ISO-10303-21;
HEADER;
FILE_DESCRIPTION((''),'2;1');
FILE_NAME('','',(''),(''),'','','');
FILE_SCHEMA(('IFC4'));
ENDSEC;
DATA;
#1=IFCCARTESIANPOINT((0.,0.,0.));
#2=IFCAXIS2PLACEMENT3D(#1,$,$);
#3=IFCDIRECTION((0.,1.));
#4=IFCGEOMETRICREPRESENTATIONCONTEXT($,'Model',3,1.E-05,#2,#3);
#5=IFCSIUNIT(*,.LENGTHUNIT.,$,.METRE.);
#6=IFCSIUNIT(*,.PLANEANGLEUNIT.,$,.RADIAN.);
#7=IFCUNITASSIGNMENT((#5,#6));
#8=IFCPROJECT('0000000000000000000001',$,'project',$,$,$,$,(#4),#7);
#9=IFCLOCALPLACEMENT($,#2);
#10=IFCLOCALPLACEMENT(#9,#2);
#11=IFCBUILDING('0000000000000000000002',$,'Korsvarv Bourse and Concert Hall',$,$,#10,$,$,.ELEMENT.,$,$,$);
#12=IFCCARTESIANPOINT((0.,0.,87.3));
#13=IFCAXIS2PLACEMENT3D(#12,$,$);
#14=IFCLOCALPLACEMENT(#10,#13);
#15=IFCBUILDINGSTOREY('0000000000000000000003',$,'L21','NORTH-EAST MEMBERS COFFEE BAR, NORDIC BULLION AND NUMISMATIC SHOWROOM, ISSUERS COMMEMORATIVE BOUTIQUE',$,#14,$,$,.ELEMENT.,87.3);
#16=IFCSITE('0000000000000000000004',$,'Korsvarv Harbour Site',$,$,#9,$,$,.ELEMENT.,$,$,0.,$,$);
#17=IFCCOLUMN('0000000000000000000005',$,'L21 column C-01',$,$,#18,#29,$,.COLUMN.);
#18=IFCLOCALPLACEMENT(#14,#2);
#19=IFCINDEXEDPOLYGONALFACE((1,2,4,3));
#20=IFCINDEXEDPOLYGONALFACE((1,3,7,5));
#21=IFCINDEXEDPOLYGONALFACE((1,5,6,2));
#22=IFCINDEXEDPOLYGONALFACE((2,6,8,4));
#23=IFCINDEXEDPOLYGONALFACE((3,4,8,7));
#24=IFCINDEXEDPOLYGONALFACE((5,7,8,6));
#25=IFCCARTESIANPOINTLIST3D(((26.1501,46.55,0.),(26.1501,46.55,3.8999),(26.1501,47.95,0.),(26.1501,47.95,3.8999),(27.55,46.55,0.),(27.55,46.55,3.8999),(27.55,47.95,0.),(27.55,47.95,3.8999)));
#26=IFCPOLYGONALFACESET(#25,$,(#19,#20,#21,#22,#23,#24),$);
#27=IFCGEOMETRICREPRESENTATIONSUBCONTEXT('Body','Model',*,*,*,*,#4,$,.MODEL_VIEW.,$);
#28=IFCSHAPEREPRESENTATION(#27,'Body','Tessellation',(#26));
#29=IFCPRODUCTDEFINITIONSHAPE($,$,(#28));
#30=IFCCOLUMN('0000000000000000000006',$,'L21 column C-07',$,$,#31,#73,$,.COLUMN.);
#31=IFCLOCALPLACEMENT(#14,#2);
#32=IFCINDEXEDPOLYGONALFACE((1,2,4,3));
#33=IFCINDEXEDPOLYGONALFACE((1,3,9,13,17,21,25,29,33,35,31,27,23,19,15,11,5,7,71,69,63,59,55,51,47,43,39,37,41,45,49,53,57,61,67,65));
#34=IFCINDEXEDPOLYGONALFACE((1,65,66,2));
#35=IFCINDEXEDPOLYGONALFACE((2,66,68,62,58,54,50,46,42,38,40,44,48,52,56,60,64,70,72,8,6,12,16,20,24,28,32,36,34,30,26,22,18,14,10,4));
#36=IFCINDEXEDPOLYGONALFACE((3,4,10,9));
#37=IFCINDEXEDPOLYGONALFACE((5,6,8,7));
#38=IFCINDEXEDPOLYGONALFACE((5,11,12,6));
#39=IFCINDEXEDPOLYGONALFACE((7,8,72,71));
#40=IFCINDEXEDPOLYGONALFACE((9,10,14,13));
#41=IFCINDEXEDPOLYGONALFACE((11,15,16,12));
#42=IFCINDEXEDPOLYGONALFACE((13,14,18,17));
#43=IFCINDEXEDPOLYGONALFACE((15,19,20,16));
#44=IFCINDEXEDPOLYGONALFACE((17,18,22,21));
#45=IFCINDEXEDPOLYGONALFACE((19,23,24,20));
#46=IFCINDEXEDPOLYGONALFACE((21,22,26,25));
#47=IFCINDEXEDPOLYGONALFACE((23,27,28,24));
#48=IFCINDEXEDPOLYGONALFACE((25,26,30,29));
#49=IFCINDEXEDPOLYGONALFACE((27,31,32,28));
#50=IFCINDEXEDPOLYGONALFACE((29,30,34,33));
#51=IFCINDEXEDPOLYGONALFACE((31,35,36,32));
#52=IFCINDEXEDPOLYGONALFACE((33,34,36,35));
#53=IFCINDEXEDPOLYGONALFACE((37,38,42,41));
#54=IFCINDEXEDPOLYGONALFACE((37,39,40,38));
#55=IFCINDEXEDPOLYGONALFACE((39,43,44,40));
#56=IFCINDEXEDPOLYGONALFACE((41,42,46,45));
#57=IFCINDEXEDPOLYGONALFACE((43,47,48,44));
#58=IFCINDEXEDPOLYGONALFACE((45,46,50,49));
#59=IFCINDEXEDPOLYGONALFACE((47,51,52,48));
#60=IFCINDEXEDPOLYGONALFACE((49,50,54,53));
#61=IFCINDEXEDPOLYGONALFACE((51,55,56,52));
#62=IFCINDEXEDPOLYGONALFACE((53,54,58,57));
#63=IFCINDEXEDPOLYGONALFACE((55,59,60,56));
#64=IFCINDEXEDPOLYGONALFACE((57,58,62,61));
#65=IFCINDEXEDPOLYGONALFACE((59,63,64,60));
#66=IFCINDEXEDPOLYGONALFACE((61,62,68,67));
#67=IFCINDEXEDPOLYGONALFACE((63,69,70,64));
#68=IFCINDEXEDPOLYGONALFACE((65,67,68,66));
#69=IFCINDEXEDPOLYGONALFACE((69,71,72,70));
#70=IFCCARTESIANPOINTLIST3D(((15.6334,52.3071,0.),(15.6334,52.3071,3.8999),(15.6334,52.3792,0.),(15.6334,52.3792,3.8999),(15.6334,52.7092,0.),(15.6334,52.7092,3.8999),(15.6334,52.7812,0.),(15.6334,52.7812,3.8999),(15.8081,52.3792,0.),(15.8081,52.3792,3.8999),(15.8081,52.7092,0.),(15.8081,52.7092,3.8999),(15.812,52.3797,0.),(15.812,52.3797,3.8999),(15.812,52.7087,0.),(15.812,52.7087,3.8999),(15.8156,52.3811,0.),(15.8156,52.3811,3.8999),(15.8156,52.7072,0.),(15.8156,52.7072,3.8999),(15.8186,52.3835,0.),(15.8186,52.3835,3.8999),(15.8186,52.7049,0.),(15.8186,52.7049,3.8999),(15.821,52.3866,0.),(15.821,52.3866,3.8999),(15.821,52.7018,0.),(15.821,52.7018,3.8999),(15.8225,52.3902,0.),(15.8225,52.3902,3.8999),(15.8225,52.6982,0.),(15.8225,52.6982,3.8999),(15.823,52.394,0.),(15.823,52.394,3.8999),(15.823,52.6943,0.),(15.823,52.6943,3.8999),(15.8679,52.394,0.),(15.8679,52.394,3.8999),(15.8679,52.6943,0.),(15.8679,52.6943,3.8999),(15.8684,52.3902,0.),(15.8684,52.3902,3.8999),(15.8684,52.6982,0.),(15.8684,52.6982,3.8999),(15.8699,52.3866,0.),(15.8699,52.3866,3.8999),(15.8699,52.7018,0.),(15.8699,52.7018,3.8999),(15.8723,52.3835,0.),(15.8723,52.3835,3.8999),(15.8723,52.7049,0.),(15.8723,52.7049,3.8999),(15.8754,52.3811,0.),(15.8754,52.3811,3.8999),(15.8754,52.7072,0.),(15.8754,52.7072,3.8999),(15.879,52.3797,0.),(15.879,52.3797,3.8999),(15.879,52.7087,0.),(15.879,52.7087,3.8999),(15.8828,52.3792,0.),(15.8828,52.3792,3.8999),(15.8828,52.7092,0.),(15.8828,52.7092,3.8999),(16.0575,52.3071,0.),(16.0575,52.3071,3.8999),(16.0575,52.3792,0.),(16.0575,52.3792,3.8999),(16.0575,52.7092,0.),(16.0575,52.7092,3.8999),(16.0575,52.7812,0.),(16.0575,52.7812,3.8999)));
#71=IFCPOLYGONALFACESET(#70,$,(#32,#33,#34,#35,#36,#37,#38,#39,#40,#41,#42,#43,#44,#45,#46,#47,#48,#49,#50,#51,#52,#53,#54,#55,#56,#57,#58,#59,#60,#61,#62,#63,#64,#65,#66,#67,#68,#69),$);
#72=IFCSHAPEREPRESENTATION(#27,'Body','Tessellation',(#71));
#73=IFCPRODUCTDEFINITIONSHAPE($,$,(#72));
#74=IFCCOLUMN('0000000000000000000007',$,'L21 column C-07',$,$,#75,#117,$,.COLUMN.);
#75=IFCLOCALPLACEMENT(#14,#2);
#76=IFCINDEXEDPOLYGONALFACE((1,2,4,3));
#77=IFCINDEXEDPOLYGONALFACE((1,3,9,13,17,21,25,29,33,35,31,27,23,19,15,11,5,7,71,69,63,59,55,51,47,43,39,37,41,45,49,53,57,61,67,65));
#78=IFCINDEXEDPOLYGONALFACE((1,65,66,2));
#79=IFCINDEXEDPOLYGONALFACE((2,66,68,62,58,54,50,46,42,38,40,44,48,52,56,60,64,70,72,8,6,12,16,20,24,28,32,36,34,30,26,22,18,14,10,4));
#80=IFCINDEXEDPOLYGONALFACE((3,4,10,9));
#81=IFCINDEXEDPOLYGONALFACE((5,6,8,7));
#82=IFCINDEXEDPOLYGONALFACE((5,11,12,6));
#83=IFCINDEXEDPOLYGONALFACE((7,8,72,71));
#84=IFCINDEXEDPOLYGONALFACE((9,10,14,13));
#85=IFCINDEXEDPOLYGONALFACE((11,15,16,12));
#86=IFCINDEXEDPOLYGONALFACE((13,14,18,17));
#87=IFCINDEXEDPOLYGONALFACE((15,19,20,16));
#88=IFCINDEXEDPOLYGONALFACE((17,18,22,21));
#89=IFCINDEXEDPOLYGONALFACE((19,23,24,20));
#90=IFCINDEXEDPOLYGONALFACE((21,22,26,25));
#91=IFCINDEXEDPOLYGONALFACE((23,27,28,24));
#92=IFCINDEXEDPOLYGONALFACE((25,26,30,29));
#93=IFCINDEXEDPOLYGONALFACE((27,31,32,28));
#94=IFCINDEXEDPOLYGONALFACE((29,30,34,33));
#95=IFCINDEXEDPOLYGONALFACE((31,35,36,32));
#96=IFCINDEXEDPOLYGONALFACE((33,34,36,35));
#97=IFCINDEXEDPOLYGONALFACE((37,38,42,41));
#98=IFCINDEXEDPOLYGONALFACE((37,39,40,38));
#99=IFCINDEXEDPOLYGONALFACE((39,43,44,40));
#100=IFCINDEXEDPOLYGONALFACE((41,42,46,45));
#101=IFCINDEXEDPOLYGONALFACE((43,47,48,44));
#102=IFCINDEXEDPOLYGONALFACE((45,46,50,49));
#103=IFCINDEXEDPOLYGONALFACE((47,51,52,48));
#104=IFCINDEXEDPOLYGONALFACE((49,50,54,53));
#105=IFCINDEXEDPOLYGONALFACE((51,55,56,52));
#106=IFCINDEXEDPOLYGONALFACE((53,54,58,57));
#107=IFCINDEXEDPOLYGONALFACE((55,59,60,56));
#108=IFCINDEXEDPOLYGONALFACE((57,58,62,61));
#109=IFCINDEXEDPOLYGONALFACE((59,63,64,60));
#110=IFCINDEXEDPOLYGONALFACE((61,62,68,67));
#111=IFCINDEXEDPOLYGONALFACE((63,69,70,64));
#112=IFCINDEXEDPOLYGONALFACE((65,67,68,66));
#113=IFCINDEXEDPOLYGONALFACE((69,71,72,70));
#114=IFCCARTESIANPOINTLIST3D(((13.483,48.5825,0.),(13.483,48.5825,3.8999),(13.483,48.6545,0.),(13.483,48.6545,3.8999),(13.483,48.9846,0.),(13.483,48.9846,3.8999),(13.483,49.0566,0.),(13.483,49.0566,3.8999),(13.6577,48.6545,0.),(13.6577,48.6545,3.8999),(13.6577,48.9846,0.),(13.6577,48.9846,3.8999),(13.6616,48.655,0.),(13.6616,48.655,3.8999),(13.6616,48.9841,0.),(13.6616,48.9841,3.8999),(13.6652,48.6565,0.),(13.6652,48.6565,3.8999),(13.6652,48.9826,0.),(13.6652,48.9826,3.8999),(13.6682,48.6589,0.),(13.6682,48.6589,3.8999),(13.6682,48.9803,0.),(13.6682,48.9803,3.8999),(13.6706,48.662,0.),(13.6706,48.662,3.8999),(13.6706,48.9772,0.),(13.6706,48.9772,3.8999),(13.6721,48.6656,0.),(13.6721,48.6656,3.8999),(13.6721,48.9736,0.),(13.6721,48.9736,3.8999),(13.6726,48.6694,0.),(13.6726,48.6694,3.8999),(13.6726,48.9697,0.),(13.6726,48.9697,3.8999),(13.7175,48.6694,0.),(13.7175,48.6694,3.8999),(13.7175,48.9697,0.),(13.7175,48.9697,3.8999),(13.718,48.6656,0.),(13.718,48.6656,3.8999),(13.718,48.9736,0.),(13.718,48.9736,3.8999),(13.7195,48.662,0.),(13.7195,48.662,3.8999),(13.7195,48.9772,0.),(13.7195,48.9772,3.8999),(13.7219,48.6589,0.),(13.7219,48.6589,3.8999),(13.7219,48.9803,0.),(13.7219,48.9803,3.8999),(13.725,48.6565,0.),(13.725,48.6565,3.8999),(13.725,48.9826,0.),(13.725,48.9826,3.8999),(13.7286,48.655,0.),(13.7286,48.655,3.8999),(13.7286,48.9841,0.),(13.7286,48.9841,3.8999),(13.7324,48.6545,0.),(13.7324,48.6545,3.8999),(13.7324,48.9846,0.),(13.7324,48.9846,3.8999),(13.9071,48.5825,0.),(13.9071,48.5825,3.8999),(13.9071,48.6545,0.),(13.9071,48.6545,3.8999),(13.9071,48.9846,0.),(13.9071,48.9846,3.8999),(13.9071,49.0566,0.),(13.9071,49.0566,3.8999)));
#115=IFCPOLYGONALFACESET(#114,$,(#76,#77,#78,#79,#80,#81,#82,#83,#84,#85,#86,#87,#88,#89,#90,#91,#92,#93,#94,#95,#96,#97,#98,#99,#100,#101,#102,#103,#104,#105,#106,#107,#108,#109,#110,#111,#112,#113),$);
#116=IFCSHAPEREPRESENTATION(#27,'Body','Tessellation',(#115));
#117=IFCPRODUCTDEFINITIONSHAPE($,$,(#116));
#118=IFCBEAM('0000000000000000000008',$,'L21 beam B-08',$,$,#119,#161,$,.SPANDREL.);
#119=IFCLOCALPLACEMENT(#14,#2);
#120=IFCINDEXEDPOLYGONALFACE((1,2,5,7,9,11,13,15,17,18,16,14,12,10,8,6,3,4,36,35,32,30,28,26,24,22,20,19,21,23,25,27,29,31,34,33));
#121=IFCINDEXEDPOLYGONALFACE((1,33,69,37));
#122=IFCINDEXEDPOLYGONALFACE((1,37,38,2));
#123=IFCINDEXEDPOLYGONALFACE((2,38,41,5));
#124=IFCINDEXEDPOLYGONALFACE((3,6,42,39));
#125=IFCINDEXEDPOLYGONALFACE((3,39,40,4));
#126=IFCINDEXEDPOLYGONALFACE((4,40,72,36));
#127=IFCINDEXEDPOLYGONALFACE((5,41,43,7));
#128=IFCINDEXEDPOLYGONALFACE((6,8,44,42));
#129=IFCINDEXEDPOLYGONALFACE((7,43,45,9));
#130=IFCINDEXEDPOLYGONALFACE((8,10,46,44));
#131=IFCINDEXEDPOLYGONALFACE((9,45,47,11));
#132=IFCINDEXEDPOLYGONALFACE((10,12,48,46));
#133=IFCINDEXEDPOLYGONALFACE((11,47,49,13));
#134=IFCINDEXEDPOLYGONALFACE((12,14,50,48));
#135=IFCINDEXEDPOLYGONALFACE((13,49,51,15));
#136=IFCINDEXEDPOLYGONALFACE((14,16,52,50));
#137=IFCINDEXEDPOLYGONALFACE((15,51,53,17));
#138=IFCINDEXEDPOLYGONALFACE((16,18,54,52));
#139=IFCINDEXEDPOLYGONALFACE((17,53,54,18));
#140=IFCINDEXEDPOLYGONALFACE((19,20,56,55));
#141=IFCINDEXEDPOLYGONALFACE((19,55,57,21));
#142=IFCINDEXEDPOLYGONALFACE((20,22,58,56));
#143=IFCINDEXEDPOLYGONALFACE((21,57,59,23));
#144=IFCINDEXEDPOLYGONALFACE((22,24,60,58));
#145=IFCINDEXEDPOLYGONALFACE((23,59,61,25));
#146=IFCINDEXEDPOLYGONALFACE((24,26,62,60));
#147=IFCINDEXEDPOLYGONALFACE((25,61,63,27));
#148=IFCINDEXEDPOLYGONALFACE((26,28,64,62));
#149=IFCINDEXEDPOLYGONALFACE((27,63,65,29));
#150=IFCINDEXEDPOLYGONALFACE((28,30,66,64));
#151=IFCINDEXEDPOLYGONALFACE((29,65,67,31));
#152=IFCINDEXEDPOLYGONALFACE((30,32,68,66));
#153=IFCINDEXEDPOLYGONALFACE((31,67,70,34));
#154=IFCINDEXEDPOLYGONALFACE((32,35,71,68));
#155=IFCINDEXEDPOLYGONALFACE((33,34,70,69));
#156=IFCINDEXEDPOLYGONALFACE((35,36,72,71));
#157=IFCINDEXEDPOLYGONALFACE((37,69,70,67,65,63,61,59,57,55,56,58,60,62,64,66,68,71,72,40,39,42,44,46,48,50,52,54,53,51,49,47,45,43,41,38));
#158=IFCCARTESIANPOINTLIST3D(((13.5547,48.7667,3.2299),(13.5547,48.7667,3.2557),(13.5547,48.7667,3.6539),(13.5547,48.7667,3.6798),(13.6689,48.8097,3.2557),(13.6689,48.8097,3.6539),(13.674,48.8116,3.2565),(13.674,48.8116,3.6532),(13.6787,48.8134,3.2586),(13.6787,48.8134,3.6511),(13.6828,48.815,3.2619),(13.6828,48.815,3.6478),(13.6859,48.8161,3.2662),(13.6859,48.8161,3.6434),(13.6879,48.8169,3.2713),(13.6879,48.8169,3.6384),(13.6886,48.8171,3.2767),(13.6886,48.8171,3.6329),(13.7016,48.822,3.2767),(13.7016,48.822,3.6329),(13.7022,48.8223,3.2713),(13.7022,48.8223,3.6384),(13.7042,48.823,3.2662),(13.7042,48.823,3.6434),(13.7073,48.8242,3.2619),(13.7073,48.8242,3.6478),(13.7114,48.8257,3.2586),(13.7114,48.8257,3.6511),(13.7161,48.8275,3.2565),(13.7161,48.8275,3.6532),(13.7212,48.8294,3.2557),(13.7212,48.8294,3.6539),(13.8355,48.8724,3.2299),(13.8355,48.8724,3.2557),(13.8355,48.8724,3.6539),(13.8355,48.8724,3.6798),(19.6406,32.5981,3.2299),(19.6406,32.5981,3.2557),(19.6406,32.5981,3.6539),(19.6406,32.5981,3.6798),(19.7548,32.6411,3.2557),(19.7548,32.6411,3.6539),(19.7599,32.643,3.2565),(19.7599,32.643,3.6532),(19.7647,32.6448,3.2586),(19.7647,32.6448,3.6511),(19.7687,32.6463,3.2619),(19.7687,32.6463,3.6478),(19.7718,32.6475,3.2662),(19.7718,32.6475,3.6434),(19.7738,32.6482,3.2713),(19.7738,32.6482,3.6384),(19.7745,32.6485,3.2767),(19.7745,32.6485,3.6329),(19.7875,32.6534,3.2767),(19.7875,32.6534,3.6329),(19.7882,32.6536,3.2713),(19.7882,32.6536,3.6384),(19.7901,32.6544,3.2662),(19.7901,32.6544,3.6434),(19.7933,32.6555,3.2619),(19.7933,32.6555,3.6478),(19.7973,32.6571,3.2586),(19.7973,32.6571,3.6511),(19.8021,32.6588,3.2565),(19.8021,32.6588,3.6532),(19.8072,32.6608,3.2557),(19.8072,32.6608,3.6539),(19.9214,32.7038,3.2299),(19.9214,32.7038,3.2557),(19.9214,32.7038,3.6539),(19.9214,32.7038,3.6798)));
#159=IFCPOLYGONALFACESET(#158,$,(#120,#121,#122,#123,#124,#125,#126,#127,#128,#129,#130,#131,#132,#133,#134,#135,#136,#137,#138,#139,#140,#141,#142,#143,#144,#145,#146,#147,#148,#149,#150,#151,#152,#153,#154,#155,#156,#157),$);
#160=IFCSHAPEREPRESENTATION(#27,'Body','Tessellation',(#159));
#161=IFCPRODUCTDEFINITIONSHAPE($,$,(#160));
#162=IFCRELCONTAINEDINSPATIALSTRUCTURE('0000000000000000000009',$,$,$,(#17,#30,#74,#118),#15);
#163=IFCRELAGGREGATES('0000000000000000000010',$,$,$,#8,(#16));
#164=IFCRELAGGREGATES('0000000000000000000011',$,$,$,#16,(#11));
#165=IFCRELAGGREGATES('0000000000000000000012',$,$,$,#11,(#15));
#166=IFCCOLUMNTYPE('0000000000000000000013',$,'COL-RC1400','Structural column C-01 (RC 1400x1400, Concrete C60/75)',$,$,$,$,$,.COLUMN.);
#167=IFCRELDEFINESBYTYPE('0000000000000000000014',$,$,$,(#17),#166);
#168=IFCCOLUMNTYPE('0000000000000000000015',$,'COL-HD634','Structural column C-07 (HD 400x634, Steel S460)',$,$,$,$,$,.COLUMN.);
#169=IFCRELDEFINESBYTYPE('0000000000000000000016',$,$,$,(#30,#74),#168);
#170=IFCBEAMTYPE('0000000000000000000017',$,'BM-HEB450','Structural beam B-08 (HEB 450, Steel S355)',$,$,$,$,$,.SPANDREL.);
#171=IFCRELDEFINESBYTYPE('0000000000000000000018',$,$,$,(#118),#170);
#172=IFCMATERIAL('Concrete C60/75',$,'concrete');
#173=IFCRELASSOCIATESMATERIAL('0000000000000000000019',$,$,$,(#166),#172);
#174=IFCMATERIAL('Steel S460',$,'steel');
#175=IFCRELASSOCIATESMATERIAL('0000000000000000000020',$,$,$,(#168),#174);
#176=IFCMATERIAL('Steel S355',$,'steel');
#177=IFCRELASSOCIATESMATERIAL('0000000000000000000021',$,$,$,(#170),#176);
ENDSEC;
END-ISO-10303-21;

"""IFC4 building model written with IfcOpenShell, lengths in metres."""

from ifc_helpers import new_model, si_unit, direction, frame, origin, origin_2d, place, context, subcontext, project, spatial, rectangle, i_section, extrude, source, transform, mapped, material, material_profile, profile_set, type_object, element, save


model = new_model("IFC4")

# Units and contexts
model_context = context("Model", 3, precision=1e-05, world=origin(), true_north=direction((0.0, 1.0)))
body_context = subcontext(model_context, "Body", "Model", "MODEL_VIEW")
ifc_project = project(units=[si_unit("LENGTHUNIT", "METRE"), si_unit("PLANEANGLEUNIT", "RADIAN")], contexts=[model_context])

# Site, building, storey
site_placement = place(None, origin())
site = spatial("IfcSite", under=ifc_project, at=site_placement, Name="Korsvarv Harbour Site", CompositionType="ELEMENT", RefElevation=0.0)
building_placement = place(site_placement, origin())
building = spatial("IfcBuilding", under=site, at=building_placement, Name="Korsvarv Bourse and Concert Hall", CompositionType="ELEMENT")
storey_placement = place(building_placement, frame((0.0, 0.0, 87.3)))
storey = spatial("IfcBuildingStorey", under=building, at=storey_placement, Name="L21", Description="NORTH-EAST MEMBERS COFFEE BAR, NORDIC BULLION AND NUMISMATIC SHOWROOM, ISSUERS COMMEMORATIVE BOUTIQUE", CompositionType="ELEMENT", Elevation=87.3)

# Columns
ifc_material_1 = material(Name="Concrete C60/75", Category="concrete")
ifc_material_profile_1 = material_profile(ifc_material_1, rectangle(XDim=1.3999, YDim=1.3999, at=origin_2d()), Name="RC 1400x1400")
ifc_profile_set_1 = profile_set([ifc_material_profile_1], Name="Concrete C60/75")
column_type_1 = type_object("IfcColumnType", Name="COL-RC1400", Description="Structural column C-01 (RC 1400x1400, Concrete C60/75)", PredefinedType="COLUMN", material=ifc_profile_set_1)
shared_shape_1 = source(origin(), body_context, "Body", "SweptSolid", [
    extrude(rectangle(XDim=1.3999, YDim=1.3999, at=origin_2d()), origin(), (0.0, 0.0, 1.0), 3.8999),
])
column_placement = place(storey_placement, frame((26.8501, 47.25, 0.0), z_axis=(0.0, 0.0, 1.0), x_axis=(1.0, 0.0, 0.0)))
element("IfcColumn", 1, at=column_placement, inside=storey, type_object=column_type_1, Name="L21 column C-01", PredefinedType="COLUMN", context=body_context, shape_type="MappedRepresentation", body=[
    mapped(shared_shape_1, transform((0.0, 0.0, 0.0), scale=1.0)),
])
ifc_material_2 = material(Name="Steel S460", Category="steel")
ifc_material_profile_2 = material_profile(ifc_material_2, i_section(OverallWidth=0.4241, OverallDepth=0.4741, WebThickness=0.0449, FlangeThickness=0.072, FilletRadius=0.0149, at=origin_2d()), Name="HD 400x634")
ifc_profile_set_2 = profile_set([ifc_material_profile_2], Name="Steel S460")
column_type_2 = type_object("IfcColumnType", Name="COL-HD634", Description="Structural column C-07 (HD 400x634, Steel S460)", PredefinedType="COLUMN", material=ifc_profile_set_2)
shared_shape_2 = source(origin(), body_context, "Body", "SweptSolid", [
    extrude(i_section(OverallWidth=0.4241, OverallDepth=0.4741, WebThickness=0.0449, FlangeThickness=0.072, FilletRadius=0.0149, at=origin_2d()), origin(), (0.0, 0.0, 1.0), 3.8999),
])
for number, where, z_axis, x_axis, name in (
    (2, (15.8455, 52.5442, 0.0), (0.0, 0.0, 1.0), (1.0, 0.0, 0.0), "L21 column C-07"),
    (3, (13.6951, 48.8196, 0.0), (0.0, 0.0, 1.0), (1.0, 0.0, 0.0), "L21 column C-07"),
):
    element("IfcColumn", number, at=place(storey_placement, frame(where, z_axis=z_axis, x_axis=x_axis)), inside=storey, type_object=column_type_2, Name=name, PredefinedType="COLUMN", context=body_context, shape_type="MappedRepresentation", body=[
        mapped(shared_shape_2, transform((0.0, 0.0, 0.0), scale=1.0)),
    ])

# Beam
ifc_material_3 = material(Name="Steel S355", Category="steel")
ifc_material_profile_3 = material_profile(ifc_material_3, i_section(OverallWidth=0.3, OverallDepth=0.45, WebThickness=0.0139, FlangeThickness=0.0259, FilletRadius=0.021, at=origin_2d()), Name="HEB 450")
ifc_profile_set_3 = profile_set([ifc_material_profile_3], Name="Steel S355")
beam_type_1 = type_object("IfcBeamType", Name="BM-HEB450", Description="Structural beam B-08 (HEB 450, Steel S355)", PredefinedType="SPANDREL", material=ifc_profile_set_3)
shared_shape_3 = source(origin(), body_context, "Body", "SweptSolid", [
    extrude(i_section(OverallWidth=0.3, OverallDepth=0.45, WebThickness=0.0139, FlangeThickness=0.0259, FilletRadius=0.021, at=origin_2d()), origin(), (0.0, 0.0, 1.0), 17.2761),
])
beam_1_placement = place(storey_placement, frame((13.6951, 48.8196, 3.4548), z_axis=(0.352274, -0.935897, 0.0), x_axis=(0.935897, 0.352274, 0.0)))
element("IfcBeam", 4, at=beam_1_placement, inside=storey, type_object=beam_type_1, Name="L21 beam B-08", PredefinedType="SPANDREL", context=body_context, shape_type="MappedRepresentation", body=[
    mapped(shared_shape_3, transform((0.0, 0.0, 0.0), scale=1.0)),
])

save(model, "model.ifc")
